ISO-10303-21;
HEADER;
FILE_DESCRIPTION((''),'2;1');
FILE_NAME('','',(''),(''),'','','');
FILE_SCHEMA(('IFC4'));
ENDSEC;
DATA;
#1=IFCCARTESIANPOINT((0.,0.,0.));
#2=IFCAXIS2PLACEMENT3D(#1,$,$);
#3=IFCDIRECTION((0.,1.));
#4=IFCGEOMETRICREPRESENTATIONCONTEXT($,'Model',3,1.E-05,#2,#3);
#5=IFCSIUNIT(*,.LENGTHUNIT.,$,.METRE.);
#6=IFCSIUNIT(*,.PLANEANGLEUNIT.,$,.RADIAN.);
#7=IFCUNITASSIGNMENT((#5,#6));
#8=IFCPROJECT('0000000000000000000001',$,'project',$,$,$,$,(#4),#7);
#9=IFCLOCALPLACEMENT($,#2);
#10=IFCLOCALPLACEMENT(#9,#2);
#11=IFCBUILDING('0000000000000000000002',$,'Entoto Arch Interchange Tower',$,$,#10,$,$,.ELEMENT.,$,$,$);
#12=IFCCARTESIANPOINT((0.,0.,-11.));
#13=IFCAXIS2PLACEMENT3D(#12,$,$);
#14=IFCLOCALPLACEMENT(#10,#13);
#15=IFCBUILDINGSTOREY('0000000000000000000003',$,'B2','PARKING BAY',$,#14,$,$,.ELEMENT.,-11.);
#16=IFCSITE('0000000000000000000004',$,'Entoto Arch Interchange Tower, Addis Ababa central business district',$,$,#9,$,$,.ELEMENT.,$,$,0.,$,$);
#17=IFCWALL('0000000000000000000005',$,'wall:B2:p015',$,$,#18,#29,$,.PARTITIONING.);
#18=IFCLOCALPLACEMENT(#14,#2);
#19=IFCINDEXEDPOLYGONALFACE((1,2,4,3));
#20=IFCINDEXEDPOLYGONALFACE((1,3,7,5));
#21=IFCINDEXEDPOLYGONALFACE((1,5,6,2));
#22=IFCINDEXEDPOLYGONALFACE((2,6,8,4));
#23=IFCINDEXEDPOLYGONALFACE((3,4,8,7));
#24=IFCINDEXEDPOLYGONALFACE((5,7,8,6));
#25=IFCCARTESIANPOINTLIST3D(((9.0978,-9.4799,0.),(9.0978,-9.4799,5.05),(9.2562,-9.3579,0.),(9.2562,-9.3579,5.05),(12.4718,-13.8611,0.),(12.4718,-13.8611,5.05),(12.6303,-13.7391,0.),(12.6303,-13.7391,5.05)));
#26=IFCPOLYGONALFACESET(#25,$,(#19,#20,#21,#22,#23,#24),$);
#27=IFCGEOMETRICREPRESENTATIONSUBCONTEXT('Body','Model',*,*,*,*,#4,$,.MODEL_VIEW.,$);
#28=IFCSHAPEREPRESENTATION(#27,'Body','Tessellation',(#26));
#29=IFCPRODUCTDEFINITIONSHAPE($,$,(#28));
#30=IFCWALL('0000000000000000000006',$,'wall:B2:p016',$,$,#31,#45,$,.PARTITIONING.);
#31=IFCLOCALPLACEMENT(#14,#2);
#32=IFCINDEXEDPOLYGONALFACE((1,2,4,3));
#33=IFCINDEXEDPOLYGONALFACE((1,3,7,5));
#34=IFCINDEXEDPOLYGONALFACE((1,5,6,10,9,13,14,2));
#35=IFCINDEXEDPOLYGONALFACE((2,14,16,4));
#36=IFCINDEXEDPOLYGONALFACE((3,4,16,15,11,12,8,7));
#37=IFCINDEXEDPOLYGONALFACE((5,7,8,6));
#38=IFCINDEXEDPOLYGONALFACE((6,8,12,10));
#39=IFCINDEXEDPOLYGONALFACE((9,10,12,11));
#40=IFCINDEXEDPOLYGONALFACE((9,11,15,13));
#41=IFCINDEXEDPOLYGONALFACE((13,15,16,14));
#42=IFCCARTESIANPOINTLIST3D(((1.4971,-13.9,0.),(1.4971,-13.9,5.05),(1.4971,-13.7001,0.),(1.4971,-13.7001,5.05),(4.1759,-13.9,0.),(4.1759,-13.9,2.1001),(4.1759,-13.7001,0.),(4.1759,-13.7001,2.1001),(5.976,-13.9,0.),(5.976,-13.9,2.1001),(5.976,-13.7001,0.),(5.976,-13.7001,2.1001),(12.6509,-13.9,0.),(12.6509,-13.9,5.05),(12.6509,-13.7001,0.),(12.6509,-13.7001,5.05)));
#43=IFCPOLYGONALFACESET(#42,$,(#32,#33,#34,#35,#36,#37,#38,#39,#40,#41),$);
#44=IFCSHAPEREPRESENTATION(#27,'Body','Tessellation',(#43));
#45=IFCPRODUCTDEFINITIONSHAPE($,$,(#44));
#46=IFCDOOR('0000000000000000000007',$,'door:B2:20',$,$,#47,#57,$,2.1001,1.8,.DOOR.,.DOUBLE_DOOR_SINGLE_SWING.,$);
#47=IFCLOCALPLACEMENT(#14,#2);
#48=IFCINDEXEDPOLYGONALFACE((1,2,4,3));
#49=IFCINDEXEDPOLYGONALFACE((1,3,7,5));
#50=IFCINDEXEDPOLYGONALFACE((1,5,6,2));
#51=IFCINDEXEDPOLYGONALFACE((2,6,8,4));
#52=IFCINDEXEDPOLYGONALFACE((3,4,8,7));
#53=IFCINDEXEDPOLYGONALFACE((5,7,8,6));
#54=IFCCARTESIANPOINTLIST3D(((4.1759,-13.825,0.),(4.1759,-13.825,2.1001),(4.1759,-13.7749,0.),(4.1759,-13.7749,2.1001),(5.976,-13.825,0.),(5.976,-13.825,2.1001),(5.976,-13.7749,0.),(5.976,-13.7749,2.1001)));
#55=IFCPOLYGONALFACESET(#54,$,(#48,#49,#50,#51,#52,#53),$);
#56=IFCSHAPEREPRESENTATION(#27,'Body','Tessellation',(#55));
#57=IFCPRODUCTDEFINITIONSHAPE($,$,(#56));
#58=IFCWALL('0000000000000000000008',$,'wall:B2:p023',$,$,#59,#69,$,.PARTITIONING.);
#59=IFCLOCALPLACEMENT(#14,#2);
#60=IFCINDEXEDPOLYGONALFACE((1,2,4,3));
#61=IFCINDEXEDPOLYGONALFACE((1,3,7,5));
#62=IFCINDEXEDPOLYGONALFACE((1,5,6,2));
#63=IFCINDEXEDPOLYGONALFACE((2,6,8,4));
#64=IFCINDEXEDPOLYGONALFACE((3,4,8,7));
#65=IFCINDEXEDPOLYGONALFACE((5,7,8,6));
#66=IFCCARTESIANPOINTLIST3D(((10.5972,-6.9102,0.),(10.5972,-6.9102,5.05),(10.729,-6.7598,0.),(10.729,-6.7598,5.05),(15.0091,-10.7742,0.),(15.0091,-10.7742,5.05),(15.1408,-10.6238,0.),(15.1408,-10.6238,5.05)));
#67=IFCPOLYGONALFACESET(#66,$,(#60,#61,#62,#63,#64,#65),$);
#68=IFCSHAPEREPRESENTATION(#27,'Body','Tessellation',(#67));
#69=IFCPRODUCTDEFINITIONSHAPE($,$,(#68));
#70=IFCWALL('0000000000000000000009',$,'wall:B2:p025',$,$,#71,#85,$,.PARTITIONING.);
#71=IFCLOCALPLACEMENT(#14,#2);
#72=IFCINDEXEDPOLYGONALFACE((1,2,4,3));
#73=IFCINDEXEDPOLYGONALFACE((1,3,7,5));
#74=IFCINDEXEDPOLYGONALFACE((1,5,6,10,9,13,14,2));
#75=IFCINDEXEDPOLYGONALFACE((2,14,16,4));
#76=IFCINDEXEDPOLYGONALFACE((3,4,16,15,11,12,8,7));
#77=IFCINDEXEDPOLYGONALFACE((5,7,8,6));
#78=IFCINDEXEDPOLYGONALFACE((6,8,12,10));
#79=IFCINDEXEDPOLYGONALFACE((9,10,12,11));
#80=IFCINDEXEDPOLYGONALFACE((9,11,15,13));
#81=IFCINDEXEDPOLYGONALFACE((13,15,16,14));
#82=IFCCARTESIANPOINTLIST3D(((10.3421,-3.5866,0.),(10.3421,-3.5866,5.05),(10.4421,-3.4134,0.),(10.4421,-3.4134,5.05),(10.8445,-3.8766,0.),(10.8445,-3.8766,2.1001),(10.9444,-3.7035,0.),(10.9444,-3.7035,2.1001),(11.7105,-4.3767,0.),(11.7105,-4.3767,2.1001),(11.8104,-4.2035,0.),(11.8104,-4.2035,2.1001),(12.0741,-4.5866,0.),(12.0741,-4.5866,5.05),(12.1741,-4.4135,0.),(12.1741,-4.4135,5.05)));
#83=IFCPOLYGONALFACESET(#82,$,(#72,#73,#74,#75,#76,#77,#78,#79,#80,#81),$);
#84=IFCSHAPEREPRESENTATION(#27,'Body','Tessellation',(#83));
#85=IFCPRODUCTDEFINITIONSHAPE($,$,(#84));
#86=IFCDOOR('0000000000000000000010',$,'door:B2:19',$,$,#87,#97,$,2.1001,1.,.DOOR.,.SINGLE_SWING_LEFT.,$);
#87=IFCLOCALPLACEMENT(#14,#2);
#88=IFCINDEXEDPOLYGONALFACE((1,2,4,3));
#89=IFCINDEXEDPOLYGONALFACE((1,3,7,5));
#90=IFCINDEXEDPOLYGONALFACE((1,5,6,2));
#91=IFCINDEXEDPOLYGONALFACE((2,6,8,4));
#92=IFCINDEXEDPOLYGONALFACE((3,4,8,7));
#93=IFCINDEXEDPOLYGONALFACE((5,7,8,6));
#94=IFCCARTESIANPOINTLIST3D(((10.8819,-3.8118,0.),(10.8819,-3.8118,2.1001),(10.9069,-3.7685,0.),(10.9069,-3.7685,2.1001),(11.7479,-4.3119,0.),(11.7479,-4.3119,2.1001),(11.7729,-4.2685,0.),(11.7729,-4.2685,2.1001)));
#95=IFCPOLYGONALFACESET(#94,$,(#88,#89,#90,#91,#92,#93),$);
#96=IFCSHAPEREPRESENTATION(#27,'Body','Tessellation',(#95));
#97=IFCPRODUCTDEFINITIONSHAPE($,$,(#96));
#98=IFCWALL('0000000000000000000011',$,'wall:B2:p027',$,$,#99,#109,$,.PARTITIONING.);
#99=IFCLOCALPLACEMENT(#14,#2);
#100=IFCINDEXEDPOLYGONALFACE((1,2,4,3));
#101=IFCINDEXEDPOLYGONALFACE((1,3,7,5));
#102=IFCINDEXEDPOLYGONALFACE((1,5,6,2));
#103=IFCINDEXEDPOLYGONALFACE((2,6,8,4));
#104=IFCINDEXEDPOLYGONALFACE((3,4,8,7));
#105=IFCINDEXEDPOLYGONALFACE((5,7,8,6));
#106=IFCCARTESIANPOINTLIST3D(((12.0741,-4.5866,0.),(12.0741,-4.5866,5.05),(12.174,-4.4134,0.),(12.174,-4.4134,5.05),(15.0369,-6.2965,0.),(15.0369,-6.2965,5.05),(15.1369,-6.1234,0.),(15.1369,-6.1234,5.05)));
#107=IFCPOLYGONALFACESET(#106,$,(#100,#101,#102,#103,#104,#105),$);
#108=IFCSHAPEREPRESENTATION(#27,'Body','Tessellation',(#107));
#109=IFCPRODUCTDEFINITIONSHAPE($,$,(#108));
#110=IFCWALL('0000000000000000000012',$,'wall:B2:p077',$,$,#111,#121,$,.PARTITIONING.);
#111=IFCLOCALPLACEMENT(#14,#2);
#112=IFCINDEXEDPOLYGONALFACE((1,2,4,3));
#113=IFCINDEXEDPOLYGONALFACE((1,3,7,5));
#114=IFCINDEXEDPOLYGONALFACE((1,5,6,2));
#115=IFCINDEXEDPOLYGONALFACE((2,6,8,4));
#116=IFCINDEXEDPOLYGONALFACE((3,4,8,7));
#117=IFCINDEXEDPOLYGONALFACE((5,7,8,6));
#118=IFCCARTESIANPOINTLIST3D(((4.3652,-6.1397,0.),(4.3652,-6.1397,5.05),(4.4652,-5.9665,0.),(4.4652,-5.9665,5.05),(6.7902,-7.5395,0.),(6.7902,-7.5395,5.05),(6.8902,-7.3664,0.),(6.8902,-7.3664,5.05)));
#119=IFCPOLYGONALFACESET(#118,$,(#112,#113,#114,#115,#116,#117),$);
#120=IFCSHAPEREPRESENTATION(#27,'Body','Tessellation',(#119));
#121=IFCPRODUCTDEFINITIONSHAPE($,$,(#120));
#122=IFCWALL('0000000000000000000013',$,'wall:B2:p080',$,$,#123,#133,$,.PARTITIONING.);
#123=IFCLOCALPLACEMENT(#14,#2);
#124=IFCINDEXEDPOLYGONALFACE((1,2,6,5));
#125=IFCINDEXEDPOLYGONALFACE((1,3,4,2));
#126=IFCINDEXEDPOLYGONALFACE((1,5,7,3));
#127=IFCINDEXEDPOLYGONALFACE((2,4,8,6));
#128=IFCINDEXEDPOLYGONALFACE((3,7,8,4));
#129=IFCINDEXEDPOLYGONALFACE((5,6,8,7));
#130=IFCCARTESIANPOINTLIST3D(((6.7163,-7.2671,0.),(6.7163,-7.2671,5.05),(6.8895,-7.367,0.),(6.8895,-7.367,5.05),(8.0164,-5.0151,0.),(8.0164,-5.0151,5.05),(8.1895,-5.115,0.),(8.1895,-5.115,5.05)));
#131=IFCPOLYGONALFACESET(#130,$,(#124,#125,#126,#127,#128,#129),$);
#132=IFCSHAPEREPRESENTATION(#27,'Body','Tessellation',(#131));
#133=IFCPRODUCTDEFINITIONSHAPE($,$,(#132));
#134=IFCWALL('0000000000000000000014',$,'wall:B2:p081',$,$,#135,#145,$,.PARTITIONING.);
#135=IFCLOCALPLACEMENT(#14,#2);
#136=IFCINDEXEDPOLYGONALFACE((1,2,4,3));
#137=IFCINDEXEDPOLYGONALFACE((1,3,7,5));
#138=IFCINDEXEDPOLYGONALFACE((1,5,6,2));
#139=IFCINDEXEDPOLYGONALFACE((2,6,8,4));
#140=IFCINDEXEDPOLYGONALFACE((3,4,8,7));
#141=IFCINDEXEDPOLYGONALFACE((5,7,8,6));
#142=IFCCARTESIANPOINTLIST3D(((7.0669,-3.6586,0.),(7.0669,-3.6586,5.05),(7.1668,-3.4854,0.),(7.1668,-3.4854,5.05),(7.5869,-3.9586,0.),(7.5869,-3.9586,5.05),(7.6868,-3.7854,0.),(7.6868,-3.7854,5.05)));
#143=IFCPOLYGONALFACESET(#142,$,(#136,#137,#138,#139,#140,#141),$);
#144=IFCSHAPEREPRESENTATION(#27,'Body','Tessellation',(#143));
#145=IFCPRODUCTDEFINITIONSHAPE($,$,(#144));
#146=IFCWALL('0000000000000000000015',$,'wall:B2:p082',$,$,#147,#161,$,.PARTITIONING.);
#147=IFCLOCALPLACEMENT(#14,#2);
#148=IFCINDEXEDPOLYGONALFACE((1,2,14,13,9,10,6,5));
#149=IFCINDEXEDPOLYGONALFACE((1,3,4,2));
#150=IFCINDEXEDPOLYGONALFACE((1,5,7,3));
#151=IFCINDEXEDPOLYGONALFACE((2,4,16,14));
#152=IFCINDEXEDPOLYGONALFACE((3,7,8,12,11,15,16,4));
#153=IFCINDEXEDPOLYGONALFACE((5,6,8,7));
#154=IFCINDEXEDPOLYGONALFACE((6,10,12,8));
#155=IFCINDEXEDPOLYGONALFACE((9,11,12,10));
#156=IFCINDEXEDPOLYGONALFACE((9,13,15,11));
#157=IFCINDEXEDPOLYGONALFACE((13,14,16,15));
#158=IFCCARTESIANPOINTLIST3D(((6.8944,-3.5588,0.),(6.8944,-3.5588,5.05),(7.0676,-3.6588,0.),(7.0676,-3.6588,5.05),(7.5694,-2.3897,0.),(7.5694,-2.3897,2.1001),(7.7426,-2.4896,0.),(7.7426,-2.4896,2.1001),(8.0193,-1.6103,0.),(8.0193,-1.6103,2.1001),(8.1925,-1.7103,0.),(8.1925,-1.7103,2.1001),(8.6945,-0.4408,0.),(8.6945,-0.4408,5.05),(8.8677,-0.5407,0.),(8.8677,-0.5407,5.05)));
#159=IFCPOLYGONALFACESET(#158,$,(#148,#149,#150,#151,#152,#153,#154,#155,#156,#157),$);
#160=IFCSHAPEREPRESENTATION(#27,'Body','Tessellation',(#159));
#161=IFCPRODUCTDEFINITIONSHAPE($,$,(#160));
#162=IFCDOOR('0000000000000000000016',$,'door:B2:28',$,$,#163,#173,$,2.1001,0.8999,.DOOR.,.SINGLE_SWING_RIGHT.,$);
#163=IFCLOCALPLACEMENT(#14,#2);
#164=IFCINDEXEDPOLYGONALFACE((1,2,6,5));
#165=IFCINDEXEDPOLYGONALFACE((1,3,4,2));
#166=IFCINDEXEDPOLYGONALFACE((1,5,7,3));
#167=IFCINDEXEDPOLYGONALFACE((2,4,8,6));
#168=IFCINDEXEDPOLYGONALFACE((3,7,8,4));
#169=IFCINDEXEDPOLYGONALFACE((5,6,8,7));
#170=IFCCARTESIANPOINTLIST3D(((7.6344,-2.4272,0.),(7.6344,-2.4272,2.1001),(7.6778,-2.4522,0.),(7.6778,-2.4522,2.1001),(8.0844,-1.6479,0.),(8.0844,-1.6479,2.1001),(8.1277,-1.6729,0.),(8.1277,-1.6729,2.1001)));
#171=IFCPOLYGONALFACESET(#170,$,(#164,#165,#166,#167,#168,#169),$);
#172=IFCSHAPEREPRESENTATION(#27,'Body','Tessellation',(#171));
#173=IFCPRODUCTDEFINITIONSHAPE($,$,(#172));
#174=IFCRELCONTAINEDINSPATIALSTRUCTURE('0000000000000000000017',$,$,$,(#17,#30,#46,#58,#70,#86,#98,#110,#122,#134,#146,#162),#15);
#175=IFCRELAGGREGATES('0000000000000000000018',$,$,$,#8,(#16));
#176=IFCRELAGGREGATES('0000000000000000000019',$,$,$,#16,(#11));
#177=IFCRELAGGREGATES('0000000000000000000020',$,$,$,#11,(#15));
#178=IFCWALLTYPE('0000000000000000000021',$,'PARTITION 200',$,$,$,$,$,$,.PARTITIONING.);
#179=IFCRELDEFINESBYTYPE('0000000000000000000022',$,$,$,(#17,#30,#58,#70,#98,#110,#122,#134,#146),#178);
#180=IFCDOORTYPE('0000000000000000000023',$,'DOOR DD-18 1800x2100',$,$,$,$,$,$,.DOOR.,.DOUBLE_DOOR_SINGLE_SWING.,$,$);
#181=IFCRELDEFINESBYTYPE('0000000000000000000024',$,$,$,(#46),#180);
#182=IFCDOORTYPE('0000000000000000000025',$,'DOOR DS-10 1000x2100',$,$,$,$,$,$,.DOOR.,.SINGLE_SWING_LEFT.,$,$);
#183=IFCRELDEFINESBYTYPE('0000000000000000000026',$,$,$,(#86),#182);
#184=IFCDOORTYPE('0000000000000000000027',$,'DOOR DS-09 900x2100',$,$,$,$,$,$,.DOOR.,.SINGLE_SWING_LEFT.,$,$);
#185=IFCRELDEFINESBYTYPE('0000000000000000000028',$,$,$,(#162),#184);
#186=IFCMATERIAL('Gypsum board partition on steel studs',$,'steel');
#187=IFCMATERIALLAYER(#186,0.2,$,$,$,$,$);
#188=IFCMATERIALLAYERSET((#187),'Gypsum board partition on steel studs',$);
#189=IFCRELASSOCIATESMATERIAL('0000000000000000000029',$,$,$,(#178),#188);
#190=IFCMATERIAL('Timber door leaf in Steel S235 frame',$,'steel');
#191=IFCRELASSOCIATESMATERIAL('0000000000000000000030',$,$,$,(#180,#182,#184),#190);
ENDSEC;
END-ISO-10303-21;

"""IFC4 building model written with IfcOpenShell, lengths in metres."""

from ifc_helpers import new_model, si_unit, direction, frame, frame_2d, origin, place, context, subcontext, project, spatial, rectangle, extrude, material, layer, layer_set, type_object, element, fill, save


model = new_model("IFC4")

# Units and contexts
model_context = context("Model", 3, precision=1e-05, world=origin(), true_north=direction((0.0, 1.0)))
body_context = subcontext(model_context, "Body", "Model", "MODEL_VIEW")
ifc_project = project(units=[si_unit("LENGTHUNIT", "METRE"), si_unit("PLANEANGLEUNIT", "RADIAN")], contexts=[model_context])

# Site, building, storey
site_placement = place(None, origin())
site = spatial("IfcSite", under=ifc_project, at=site_placement, Name="Entoto Arch Interchange Tower, Addis Ababa central business district", CompositionType="ELEMENT", RefElevation=0.0)
building_placement = place(site_placement, origin())
building = spatial("IfcBuilding", under=site, at=building_placement, Name="Entoto Arch Interchange Tower", CompositionType="ELEMENT")
storey_placement = place(building_placement, frame((0.0, 0.0, -11.0)))
storey = spatial("IfcBuildingStorey", under=building, at=storey_placement, Name="B2", Description="PARKING BAY", CompositionType="ELEMENT", Elevation=-11.0)

# Shared definitions
ifc_material_1 = material(Name="Gypsum board partition on steel studs", Category="steel")
ifc_layer_1 = layer(ifc_material_1, 0.2)
ifc_layer_set_1 = layer_set([ifc_layer_1], Name="Gypsum board partition on steel studs")
wall_type_1 = type_object("IfcWallType", Name="PARTITION 200", PredefinedType="PARTITIONING", material=ifc_layer_set_1)

# Wall
wall_1_placement = place(storey_placement, frame((9.177, -9.4189, 0.0), z_axis=(0.0, 0.0, 1.0), x_axis=(0.610159, -0.792279, 0.0)))
element("IfcWall", 1, at=wall_1_placement, inside=storey, type_object=wall_type_1, Name="wall:B2:p015", PredefinedType="PARTITIONING", context=body_context, shape_type="SweptSolid", body=[
    extrude(rectangle(XDim=5.5298, YDim=0.2, at=frame_2d((2.7649, 0.0))), origin(), (0.0, 0.0, 1.0), 5.05),
])

# Wall, opening, door
wall_2_placement = place(storey_placement, frame((12.6509, -13.8, 0.0), z_axis=(0.0, 0.0, 1.0), x_axis=(-1.0, 0.0, 0.0)))
wall_2 = element("IfcWall", 2, at=wall_2_placement, inside=storey, type_object=wall_type_1, Name="wall:B2:p016", PredefinedType="PARTITIONING", context=body_context, shape_type="SweptSolid", body=[
    extrude(rectangle(XDim=11.1538, YDim=0.2, at=frame_2d((5.5769, 0.0))), origin(), (0.0, 0.0, 1.0), 5.05),
])
opening_1_placement = place(wall_2_placement, frame((6.675, 0.0, 0.0)))
opening_1 = element("IfcOpeningElement", 3, at=opening_1_placement, cuts=wall_2, PredefinedType="OPENING", context=body_context, shape_type="SweptSolid", body=[
    extrude(rectangle(XDim=1.8, YDim=2.1001, at=frame_2d((0.8999, 1.05))), frame((0.0, 0.1099, 0.0), z_axis=(0.0, -1.0, 0.0), x_axis=(1.0, 0.0, 0.0)), (0.0, 0.0, 1.0), 0.22),
])
ifc_material_2 = material(Name="Timber door leaf in Steel S235 frame", Category="steel")
door_type_1 = type_object("IfcDoorType", Name="DOOR DD-18 1800x2100", OperationType="DOUBLE_DOOR_SINGLE_SWING", PredefinedType="DOOR", material=ifc_material_2)
door_1_placement = place(opening_1_placement, origin())
door_1 = element("IfcDoor", 4, at=door_1_placement, inside=storey, type_object=door_type_1, Name="door:B2:20", OperationType="DOUBLE_DOOR_SINGLE_SWING", OverallHeight=2.1001, OverallWidth=1.8, PredefinedType="DOOR", context=body_context, shape_type="SweptSolid", body=[
    extrude(rectangle(XDim=1.8, YDim=2.1001, at=frame_2d((0.8999, 1.05))), frame((0.0, 0.0249, 0.0), z_axis=(0.0, -1.0, 0.0), x_axis=(1.0, 0.0, 0.0)), (0.0, 0.0, 1.0), 0.05),
])
fill(opening_1, door_1)

# Wall
wall_3_placement = place(storey_placement, frame((10.6631, -6.835, 0.0), z_axis=(0.0, 0.0, 1.0), x_axis=(0.75227, -0.658855, 0.0)))
element("IfcWall", 5, at=wall_3_placement, inside=storey, type_object=wall_type_1, Name="wall:B2:p023", PredefinedType="PARTITIONING", context=body_context, shape_type="SweptSolid", body=[
    extrude(rectangle(XDim=5.8647, YDim=0.2, at=frame_2d((2.9324, 0.0))), origin(), (0.0, 0.0, 1.0), 5.05),
])

# Wall, opening, door
wall_4_placement = place(storey_placement, frame((10.3921, -3.5, 0.0), z_axis=(0.0, 0.0, 1.0), x_axis=(0.866011, -0.500025, 0.0)))
wall_4 = element("IfcWall", 6, at=wall_4_placement, inside=storey, type_object=wall_type_1, Name="wall:B2:p025", PredefinedType="PARTITIONING", context=body_context, shape_type="SweptSolid", body=[
    extrude(rectangle(XDim=2.0, YDim=0.2, at=frame_2d((1.0, 0.0))), origin(), (0.0, 0.0, 1.0), 5.05),
])
opening_2_placement = place(wall_4_placement, frame((0.5801, 0.0, 0.0)))
opening_2 = element("IfcOpeningElement", 7, at=opening_2_placement, cuts=wall_4, PredefinedType="OPENING", context=body_context, shape_type="SweptSolid", body=[
    extrude(rectangle(XDim=1.0, YDim=2.1001, at=frame_2d((0.5, 1.05))), frame((0.0, 0.1099, 0.0), z_axis=(0.0, -1.0, 0.0), x_axis=(1.0, 0.0, 0.0)), (0.0, 0.0, 1.0), 0.22),
])
door_type_2 = type_object("IfcDoorType", Name="DOOR DS-10 1000x2100", OperationType="SINGLE_SWING_LEFT", PredefinedType="DOOR", material=ifc_material_2)
door_2_placement = place(opening_2_placement, origin())
door_2 = element("IfcDoor", 8, at=door_2_placement, inside=storey, type_object=door_type_2, Name="door:B2:19", OperationType="SINGLE_SWING_LEFT", OverallHeight=2.1001, OverallWidth=1.0, PredefinedType="DOOR", context=body_context, shape_type="SweptSolid", body=[
    extrude(rectangle(XDim=1.0, YDim=2.1001, at=frame_2d((0.5, 1.05))), frame((0.0, 0.0249, 0.0), z_axis=(0.0, -1.0, 0.0), x_axis=(1.0, 0.0, 0.0)), (0.0, 0.0, 1.0), 0.05),
])
fill(opening_2, door_2)

# Walls
wall_5_placement = place(storey_placement, frame((12.124, -4.5, 0.0), z_axis=(0.0, 0.0, 1.0), x_axis=(0.86611, -0.499854, 0.0)))
element("IfcWall", 9, at=wall_5_placement, inside=storey, type_object=wall_type_1, Name="wall:B2:p027", PredefinedType="PARTITIONING", context=body_context, shape_type="SweptSolid", body=[
    extrude(rectangle(XDim=3.4209, YDim=0.2, at=frame_2d((1.7104, 0.0))), origin(), (0.0, 0.0, 1.0), 5.05),
])
wall_6_placement = place(storey_placement, frame((6.8401, -7.4529, 0.0), z_axis=(0.0, 0.0, 1.0), x_axis=(-0.866056, 0.499946, 0.0)))
element("IfcWall", 10, at=wall_6_placement, inside=storey, type_object=wall_type_1, Name="wall:B2:p077", PredefinedType="PARTITIONING", context=body_context, shape_type="SweptSolid", body=[
    extrude(rectangle(XDim=2.8, YDim=0.2, at=frame_2d((1.3999, 0.0))), origin(), (0.0, 0.0, 1.0), 5.05),
])
wall_7_placement = place(storey_placement, frame((8.103, -5.0649, 0.0), z_axis=(0.0, 0.0, 1.0), x_axis=(-0.499966, -0.866045, 0.0)))
element("IfcWall", 11, at=wall_7_placement, inside=storey, type_object=wall_type_1, Name="wall:B2:p080", PredefinedType="PARTITIONING", context=body_context, shape_type="SweptSolid", body=[
    extrude(rectangle(XDim=2.6003, YDim=0.2, at=frame_2d((1.3003, 0.0))), origin(), (0.0, 0.0, 1.0), 5.05),
])
wall_8_placement = place(storey_placement, frame((7.637, -3.8721, 0.0), z_axis=(0.0, 0.0, 1.0), x_axis=(-0.866159, 0.499769, 0.0)))
element("IfcWall", 12, at=wall_8_placement, inside=storey, type_object=wall_type_1, Name="wall:B2:p081", PredefinedType="PARTITIONING", context=body_context, shape_type="SweptSolid", body=[
    extrude(rectangle(XDim=0.6003, YDim=0.2, at=frame_2d((0.3003, 0.0))), origin(), (0.0, 0.0, 1.0), 5.05),
])

# Wall, opening, door
wall_9_placement = place(storey_placement, frame((6.981, -3.6089, 0.0), z_axis=(0.0, 0.0, 1.0), x_axis=(0.499983, 0.866035, 0.0)))
wall_9 = element("IfcWall", 13, at=wall_9_placement, inside=storey, type_object=wall_type_1, Name="wall:B2:p082", PredefinedType="PARTITIONING", context=body_context, shape_type="SweptSolid", body=[
    extrude(rectangle(XDim=3.6003, YDim=0.2, at=frame_2d((1.8003, 0.0))), origin(), (0.0, 0.0, 1.0), 5.05),
])
opening_3_placement = place(wall_9_placement, frame((1.3501, 0.0, 0.0)))
opening_3 = element("IfcOpeningElement", 14, at=opening_3_placement, cuts=wall_9, PredefinedType="OPENING", context=body_context, shape_type="SweptSolid", body=[
    extrude(rectangle(XDim=0.8999, YDim=2.1001, at=frame_2d((0.45, 1.05))), frame((0.0, 0.1099, 0.0), z_axis=(0.0, -1.0, 0.0), x_axis=(1.0, 0.0, 0.0)), (0.0, 0.0, 1.0), 0.22),
])
door_type_3 = type_object("IfcDoorType", Name="DOOR DS-09 900x2100", OperationType="SINGLE_SWING_LEFT", PredefinedType="DOOR", material=ifc_material_2)
door_3_placement = place(opening_3_placement, origin())
door_3 = element("IfcDoor", 15, at=door_3_placement, inside=storey, type_object=door_type_3, Name="door:B2:28", OperationType="SINGLE_SWING_RIGHT", OverallHeight=2.1001, OverallWidth=0.8999, PredefinedType="DOOR", context=body_context, shape_type="SweptSolid", body=[
    extrude(rectangle(XDim=0.8999, YDim=2.1001, at=frame_2d((0.45, 1.05))), frame((0.0, 0.0249, 0.0), z_axis=(0.0, -1.0, 0.0), x_axis=(1.0, 0.0, 0.0)), (0.0, 0.0, 1.0), 0.05),
])
fill(opening_3, door_3)

save(model, "model.ifc")
